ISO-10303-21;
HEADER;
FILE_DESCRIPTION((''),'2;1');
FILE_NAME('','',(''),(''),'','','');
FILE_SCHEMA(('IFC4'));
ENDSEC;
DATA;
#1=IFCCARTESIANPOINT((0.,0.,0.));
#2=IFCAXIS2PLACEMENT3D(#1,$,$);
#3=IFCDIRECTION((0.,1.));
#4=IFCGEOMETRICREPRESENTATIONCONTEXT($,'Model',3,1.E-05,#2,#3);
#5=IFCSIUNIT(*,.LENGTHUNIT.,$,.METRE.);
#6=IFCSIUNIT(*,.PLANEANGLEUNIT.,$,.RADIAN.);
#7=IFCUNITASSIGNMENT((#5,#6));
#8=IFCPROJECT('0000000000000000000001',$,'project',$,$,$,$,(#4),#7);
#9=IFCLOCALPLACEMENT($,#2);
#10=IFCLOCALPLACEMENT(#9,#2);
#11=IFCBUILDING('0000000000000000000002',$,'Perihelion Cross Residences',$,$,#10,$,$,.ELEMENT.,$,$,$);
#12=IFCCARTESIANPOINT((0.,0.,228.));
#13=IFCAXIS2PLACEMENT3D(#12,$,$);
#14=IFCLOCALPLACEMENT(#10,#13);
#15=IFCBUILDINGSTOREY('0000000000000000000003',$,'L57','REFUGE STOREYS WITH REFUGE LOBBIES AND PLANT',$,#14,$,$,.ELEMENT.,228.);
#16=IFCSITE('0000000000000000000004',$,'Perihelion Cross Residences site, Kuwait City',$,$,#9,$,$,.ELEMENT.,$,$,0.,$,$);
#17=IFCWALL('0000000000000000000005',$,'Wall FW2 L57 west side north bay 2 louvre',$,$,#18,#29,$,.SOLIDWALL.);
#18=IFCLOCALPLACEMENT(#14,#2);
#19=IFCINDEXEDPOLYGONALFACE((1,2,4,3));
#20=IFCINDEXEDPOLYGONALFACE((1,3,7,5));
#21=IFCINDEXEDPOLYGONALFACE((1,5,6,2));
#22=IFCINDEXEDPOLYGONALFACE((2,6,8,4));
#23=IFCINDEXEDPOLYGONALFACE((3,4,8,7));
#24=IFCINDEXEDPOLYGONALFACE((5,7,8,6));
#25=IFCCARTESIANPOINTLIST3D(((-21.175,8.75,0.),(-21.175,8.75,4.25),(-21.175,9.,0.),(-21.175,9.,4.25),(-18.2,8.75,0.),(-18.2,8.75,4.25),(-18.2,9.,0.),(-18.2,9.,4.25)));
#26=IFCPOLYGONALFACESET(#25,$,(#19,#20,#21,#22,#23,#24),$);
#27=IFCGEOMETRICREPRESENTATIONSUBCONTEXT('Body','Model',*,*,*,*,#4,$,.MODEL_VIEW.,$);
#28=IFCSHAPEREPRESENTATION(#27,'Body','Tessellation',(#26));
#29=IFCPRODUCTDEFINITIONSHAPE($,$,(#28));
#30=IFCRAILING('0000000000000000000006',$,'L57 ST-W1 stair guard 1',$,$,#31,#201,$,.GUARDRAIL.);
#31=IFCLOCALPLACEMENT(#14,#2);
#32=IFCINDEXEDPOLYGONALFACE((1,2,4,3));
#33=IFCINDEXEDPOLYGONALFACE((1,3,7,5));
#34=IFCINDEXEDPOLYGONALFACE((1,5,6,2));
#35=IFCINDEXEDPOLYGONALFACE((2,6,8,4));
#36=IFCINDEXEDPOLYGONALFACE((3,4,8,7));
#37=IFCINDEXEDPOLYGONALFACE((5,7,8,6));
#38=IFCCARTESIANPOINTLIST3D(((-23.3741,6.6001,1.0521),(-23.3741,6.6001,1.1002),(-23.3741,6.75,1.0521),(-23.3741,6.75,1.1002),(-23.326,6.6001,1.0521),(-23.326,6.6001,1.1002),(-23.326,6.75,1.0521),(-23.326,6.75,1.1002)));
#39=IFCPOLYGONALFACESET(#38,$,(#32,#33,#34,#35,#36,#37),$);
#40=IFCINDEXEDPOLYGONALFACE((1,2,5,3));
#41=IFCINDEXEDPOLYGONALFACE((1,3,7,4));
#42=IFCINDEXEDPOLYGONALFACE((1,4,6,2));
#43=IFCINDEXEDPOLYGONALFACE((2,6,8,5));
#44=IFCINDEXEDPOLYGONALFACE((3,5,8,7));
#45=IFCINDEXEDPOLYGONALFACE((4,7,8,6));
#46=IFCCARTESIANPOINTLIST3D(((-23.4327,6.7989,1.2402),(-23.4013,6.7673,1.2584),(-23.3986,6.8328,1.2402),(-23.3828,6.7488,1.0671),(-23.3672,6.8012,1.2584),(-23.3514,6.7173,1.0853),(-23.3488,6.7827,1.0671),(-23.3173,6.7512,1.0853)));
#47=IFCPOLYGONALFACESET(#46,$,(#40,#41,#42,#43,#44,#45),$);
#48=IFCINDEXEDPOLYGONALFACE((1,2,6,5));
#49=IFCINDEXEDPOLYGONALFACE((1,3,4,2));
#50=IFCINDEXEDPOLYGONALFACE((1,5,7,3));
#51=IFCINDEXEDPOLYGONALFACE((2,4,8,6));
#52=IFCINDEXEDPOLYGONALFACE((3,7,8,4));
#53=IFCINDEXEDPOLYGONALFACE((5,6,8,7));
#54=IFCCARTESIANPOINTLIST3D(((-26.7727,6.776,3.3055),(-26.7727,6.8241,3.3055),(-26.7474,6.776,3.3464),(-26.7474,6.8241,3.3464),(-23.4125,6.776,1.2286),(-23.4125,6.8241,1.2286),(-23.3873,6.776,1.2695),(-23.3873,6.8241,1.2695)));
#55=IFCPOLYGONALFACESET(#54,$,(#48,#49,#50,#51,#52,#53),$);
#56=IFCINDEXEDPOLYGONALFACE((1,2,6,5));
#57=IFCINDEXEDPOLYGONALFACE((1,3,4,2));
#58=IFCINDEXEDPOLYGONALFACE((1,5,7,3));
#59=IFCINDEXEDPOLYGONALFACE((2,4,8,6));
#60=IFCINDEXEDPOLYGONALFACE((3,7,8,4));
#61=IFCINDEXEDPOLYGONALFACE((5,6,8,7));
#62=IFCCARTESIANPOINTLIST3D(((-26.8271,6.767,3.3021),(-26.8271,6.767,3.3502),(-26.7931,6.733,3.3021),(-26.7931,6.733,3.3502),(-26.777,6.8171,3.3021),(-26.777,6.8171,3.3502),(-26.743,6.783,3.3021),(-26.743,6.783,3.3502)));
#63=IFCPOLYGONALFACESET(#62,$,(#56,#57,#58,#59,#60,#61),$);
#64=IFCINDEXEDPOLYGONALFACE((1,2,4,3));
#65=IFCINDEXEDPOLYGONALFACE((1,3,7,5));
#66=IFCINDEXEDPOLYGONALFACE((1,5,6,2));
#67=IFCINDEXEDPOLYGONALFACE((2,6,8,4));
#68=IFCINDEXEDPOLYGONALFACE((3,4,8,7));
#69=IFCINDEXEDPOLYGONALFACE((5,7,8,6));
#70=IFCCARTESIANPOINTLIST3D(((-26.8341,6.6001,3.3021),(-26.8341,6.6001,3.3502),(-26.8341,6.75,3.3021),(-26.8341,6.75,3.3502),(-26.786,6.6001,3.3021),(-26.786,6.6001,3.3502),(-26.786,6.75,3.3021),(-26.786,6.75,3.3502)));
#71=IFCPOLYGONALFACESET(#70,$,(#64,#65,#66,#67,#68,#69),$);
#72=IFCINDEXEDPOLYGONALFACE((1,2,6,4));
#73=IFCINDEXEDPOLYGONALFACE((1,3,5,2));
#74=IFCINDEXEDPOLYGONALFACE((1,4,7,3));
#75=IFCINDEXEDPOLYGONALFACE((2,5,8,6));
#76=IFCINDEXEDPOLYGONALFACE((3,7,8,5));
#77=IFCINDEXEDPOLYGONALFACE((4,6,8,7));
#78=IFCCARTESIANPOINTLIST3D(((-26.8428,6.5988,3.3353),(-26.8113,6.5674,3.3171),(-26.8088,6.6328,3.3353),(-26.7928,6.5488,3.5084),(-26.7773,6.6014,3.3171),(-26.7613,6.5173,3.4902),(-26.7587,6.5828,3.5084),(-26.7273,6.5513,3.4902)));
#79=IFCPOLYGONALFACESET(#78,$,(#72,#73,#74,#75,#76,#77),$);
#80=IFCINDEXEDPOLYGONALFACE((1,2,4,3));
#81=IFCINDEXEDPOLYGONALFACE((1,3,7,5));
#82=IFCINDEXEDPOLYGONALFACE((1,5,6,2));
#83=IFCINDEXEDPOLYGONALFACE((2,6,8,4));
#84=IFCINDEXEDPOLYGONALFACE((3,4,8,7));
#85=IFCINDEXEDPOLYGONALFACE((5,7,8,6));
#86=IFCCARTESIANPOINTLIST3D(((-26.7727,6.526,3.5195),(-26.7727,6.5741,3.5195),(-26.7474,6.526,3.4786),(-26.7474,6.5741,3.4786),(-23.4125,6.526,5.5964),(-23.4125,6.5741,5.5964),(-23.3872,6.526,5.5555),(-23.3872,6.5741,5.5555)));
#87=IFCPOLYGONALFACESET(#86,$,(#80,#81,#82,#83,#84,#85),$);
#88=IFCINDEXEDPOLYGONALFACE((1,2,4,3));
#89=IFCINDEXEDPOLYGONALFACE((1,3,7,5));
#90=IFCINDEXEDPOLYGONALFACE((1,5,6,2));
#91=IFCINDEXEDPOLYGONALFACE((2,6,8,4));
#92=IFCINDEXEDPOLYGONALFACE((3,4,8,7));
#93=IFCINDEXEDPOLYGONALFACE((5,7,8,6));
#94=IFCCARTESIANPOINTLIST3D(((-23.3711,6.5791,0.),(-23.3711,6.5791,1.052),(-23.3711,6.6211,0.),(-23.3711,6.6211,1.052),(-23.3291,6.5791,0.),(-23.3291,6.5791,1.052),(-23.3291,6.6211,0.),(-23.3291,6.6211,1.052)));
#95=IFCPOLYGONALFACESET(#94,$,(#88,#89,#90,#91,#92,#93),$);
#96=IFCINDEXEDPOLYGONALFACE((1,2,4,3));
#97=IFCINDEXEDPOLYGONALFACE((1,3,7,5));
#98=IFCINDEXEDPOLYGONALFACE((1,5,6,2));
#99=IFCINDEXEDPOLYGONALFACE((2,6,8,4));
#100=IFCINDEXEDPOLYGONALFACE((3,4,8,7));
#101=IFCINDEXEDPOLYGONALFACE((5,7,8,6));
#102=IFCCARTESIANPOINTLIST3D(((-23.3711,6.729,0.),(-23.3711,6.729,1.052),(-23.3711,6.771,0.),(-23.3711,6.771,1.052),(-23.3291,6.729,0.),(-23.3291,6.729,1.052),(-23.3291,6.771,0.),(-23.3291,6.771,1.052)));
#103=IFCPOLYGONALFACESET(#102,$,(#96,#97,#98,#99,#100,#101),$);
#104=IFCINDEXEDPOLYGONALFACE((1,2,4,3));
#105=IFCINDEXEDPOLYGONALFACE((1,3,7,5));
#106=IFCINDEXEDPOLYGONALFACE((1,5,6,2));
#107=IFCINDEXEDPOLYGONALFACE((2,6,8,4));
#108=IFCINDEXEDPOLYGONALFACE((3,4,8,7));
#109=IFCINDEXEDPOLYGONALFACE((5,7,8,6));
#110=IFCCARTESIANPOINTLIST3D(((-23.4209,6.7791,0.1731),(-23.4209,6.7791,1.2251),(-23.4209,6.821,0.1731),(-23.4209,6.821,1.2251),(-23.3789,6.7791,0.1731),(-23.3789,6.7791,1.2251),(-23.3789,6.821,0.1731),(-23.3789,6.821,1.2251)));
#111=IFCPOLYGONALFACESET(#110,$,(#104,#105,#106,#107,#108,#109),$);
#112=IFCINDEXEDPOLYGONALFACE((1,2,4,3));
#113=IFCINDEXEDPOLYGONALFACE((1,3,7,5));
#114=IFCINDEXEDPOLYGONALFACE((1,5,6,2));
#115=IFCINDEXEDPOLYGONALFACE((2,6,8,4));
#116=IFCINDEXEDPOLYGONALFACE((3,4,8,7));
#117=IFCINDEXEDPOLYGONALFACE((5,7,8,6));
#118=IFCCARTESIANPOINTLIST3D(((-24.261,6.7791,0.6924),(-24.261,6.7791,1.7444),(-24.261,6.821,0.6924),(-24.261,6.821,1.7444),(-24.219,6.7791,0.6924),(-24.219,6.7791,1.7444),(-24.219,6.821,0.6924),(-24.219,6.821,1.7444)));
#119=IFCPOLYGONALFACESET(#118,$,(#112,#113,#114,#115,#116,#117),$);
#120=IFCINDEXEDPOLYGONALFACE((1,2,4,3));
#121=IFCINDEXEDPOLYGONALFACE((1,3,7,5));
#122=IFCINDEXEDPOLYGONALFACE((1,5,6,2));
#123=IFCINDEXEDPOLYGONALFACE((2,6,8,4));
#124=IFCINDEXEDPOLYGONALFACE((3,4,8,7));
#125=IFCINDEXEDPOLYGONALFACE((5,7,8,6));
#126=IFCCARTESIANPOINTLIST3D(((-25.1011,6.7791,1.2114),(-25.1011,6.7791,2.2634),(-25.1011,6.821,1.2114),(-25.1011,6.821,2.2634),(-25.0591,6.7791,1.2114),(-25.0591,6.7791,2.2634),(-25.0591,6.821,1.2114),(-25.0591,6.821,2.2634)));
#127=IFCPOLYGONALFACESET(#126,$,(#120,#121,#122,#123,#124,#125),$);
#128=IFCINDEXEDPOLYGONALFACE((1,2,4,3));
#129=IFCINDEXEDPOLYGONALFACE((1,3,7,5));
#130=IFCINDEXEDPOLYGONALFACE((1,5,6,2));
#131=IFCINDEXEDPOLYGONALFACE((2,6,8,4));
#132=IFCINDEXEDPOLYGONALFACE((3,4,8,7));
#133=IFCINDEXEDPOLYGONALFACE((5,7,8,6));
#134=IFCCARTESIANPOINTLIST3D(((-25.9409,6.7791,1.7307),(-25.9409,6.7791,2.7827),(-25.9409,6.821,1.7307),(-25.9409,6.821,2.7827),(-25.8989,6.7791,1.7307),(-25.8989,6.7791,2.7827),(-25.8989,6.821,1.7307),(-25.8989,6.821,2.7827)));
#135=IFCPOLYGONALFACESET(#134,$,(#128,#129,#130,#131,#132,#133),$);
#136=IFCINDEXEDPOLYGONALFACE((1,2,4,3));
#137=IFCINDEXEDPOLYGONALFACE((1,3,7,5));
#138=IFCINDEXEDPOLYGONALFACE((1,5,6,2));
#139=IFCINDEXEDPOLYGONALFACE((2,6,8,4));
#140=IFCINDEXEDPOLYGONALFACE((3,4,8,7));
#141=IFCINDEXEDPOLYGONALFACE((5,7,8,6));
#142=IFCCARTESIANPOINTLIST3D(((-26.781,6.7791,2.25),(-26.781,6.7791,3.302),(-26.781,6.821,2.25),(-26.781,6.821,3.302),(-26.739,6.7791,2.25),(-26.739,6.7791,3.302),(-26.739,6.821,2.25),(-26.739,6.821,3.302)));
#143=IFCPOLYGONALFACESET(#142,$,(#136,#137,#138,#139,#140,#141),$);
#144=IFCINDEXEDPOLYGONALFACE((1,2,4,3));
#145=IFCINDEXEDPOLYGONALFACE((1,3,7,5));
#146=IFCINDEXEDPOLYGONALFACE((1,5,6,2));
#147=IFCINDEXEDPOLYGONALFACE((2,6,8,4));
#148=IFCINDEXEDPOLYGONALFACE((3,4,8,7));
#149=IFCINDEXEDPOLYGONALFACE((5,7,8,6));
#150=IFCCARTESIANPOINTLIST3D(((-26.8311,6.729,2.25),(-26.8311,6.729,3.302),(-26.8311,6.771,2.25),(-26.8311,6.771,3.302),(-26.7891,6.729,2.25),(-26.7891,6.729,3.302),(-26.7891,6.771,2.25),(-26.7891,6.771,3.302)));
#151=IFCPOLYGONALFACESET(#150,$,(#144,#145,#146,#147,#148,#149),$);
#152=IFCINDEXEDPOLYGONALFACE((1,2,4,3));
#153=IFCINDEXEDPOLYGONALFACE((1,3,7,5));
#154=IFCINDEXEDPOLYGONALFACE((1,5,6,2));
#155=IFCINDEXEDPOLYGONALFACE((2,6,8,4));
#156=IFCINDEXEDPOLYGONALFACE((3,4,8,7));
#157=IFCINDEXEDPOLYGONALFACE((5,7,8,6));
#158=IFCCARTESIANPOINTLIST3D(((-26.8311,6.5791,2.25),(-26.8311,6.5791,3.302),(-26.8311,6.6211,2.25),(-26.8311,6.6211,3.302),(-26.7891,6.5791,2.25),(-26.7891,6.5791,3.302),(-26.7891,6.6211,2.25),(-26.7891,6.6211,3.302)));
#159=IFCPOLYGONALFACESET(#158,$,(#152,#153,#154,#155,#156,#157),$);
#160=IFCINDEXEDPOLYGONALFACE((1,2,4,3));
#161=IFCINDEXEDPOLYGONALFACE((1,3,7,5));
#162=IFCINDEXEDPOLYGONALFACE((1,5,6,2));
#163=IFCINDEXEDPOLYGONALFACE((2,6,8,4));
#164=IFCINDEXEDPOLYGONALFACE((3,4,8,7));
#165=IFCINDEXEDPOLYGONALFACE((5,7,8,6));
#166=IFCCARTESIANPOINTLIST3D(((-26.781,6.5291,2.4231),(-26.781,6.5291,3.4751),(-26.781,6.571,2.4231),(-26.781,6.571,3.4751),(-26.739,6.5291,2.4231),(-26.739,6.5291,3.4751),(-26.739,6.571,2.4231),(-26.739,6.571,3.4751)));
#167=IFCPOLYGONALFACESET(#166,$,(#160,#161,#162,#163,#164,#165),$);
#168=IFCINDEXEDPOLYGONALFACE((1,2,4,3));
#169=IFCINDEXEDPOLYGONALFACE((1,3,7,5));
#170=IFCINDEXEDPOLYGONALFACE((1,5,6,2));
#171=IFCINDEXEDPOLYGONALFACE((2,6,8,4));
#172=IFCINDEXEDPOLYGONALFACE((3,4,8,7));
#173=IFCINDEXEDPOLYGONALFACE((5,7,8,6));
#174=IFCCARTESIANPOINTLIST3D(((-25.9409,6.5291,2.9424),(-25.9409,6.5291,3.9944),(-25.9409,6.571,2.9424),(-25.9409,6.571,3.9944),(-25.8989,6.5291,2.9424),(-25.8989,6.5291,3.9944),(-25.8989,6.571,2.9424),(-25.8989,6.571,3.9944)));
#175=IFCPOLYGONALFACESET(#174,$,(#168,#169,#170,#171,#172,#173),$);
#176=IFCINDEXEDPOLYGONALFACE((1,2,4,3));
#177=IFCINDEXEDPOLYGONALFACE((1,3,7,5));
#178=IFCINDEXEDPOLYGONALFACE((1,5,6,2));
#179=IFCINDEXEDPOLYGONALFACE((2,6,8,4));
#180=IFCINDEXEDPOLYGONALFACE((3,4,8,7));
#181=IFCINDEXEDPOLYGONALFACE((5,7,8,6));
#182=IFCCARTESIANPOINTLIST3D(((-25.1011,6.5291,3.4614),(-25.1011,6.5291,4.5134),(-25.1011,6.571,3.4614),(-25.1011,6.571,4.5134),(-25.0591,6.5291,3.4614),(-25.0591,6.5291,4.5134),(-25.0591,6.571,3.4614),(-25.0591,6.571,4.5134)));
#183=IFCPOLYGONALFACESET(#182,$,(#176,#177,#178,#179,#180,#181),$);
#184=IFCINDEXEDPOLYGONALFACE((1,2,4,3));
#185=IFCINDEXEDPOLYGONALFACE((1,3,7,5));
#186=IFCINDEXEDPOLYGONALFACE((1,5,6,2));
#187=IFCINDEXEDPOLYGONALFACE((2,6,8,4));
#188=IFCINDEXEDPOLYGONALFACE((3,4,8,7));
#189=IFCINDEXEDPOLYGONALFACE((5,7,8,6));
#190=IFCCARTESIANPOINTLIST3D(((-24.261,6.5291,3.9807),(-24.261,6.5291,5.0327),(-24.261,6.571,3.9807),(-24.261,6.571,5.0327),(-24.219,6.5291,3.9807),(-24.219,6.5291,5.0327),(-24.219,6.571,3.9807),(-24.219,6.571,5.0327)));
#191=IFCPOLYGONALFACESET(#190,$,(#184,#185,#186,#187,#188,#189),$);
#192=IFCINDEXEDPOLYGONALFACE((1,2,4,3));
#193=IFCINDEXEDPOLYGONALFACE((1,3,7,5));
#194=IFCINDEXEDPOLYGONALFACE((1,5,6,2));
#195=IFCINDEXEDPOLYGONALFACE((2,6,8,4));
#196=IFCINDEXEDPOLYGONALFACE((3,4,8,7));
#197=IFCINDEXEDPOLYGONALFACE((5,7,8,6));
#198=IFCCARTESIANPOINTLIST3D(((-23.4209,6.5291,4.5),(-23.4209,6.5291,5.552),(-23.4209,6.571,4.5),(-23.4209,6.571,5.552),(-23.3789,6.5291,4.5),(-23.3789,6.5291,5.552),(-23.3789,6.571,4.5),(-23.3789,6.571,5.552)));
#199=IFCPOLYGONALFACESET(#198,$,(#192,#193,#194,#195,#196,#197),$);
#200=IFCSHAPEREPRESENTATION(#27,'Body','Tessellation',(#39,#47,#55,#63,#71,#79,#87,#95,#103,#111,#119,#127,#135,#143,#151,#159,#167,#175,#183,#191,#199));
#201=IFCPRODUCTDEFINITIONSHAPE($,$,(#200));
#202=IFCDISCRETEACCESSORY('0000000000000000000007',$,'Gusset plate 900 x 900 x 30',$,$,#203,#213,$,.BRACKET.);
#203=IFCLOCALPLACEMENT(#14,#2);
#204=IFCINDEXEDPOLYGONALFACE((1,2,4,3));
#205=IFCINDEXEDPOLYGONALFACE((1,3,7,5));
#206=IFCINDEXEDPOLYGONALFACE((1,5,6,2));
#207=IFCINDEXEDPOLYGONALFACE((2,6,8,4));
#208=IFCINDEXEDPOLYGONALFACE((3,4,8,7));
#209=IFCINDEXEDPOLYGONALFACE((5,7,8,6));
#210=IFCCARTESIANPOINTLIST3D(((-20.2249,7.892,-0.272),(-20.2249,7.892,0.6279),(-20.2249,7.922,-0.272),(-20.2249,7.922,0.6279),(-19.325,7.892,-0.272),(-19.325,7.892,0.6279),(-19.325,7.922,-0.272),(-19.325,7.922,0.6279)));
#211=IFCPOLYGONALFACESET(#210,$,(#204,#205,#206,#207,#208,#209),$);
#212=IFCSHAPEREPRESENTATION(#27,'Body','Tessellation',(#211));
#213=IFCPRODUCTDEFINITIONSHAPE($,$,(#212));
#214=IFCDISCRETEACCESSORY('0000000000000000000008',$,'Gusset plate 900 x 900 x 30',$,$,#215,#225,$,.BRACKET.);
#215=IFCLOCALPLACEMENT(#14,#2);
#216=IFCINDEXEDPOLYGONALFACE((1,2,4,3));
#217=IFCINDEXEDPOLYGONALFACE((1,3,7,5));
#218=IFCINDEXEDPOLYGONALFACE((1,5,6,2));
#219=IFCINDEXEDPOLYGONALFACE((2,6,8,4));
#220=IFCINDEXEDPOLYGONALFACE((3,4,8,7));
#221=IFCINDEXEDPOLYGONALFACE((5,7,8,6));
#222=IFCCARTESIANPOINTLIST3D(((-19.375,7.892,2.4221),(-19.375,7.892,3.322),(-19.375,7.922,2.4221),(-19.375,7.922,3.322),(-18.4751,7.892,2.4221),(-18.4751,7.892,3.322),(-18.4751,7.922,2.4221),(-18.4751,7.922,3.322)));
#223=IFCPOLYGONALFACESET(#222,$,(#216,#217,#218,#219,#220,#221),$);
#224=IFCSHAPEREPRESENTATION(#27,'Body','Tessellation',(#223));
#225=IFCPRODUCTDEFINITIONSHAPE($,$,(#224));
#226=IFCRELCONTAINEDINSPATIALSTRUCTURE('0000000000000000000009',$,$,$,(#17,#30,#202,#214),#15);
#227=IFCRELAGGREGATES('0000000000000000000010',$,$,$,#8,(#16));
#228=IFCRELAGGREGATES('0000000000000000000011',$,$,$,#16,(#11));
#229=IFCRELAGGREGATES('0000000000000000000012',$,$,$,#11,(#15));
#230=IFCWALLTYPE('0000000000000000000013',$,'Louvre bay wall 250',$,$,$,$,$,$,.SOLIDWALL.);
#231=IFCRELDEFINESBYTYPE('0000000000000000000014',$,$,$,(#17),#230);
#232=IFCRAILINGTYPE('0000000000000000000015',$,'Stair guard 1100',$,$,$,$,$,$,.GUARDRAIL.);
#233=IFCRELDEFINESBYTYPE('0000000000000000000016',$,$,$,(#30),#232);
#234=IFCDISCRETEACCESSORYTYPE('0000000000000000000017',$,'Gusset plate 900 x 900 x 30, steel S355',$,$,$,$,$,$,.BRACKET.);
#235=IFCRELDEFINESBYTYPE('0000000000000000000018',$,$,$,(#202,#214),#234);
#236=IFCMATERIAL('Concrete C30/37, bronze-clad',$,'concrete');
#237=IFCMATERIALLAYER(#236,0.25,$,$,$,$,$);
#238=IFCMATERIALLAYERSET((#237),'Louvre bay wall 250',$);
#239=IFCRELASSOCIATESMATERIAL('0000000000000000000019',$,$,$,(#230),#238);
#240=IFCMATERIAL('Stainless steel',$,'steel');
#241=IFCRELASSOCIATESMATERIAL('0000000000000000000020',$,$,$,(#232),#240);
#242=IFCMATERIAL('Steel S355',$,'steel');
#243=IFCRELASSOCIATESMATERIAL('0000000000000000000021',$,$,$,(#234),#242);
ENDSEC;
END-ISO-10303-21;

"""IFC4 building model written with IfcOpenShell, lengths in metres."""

from ifc_helpers import new_model, si_unit, direction, frame, frame_2d, origin, origin_2d, place, context, subcontext, project, spatial, rectangle, extrude, material, layer, layer_set, type_object, element, save


model = new_model("IFC4")

# Units and contexts
model_context = context("Model", 3, precision=1e-05, world=origin(), true_north=direction((0.0, 1.0)))
body_context = subcontext(model_context, "Body", "Model", "MODEL_VIEW")
ifc_project = project(units=[si_unit("LENGTHUNIT", "METRE"), si_unit("PLANEANGLEUNIT", "RADIAN")], contexts=[model_context])

# Site, building, storey
site_placement = place(None, origin())
site = spatial("IfcSite", under=ifc_project, at=site_placement, Name="Perihelion Cross Residences site, Kuwait City", CompositionType="ELEMENT", RefElevation=0.0)
building_placement = place(site_placement, origin())
building = spatial("IfcBuilding", under=site, at=building_placement, Name="Perihelion Cross Residences", CompositionType="ELEMENT")
storey_placement = place(building_placement, frame((0.0, 0.0, 228.0)))
storey = spatial("IfcBuildingStorey", under=building, at=storey_placement, Name="L57", Description="REFUGE STOREYS WITH REFUGE LOBBIES AND PLANT", CompositionType="ELEMENT", Elevation=228.0)

# Wall
ifc_material_1 = material(Name="Concrete C30/37, bronze-clad", Category="concrete")
ifc_layer_1 = layer(ifc_material_1, 0.25)
ifc_layer_set_1 = layer_set([ifc_layer_1], Name="Louvre bay wall 250")
wall_type_1 = type_object("IfcWallType", Name="Louvre bay wall 250", PredefinedType="SOLIDWALL", material=ifc_layer_set_1)
wall_1_placement = place(storey_placement, frame((-18.2, 8.875, 0.0), z_axis=(0.0, 0.0, 1.0), x_axis=(-1.0, 0.0, 0.0)))
element("IfcWall", 1, at=wall_1_placement, inside=storey, type_object=wall_type_1, Name="Wall FW2 L57 west side north bay 2 louvre", PredefinedType="SOLIDWALL", context=body_context, shape_type="SweptSolid", body=[
    extrude(rectangle(XDim=2.9751, YDim=0.25, at=frame_2d((1.4875, 0.0))), origin(), (0.0, 0.0, 1.0), 4.25),
])

# Railing
ifc_material_2 = material(Name="Stainless steel", Category="steel")
railing_type = type_object("IfcRailingType", Name="Stair guard 1100", PredefinedType="GUARDRAIL", material=ifc_material_2)
railing_placement = place(storey_placement, frame((-23.3501, 6.6001, 0.0)))
element("IfcRailing", 2, at=railing_placement, inside=storey, type_object=railing_type, Name="L57 ST-W1 stair guard 1", PredefinedType="GUARDRAIL", context=body_context, shape_type="SweptSolid", body=[
    extrude(rectangle(XDim=0.0481, YDim=0.0481, at=origin_2d()), frame((0.0, 0.0, 1.0762), z_axis=(0.0, 1.0, 0.0), x_axis=(-1.0, 0.0, 0.0)), (0.0, 0.0, 1.0), 0.1499),
    extrude(rectangle(XDim=0.0481, YDim=0.0481, at=origin_2d()), frame((0.0, 0.1499, 1.0762), z_axis=(-0.266417, 0.267723, 0.92593), x_axis=(-0.708834, -0.705376, 0.0)), (0.0, 0.0, 1.0), 0.187),
    extrude(rectangle(XDim=0.0481, YDim=0.0481, at=origin_2d()), frame((-0.0498, 0.2, 1.249), z_axis=(-0.850623, 0.0, 0.525776), x_axis=(0.0, -1.0, 0.0)), (0.0, 0.0, 1.0), 3.9502),
    extrude(rectangle(XDim=0.0481, YDim=0.0481, at=origin_2d()), frame((-3.4099, 0.2, 3.3262), z_axis=(-0.707107, -0.707107, 0.0), x_axis=(0.707107, -0.707107, 0.0)), (0.0, 0.0, 1.0), 0.0708),
    extrude(rectangle(XDim=0.0481, YDim=0.0481, at=origin_2d()), frame((-3.46, 0.1499, 3.3262), z_axis=(0.0, -1.0, 0.0), x_axis=(1.0, 0.0, 0.0)), (0.0, 0.0, 1.0), 0.1499),
    extrude(rectangle(XDim=0.0481, YDim=0.0481, at=origin_2d()), frame((-3.46, 0.0, 3.3262), z_axis=(0.26763, -0.26763, 0.925607), x_axis=(0.707107, 0.707107, 0.0)), (0.0, 0.0, 1.0), 0.187),
    extrude(rectangle(XDim=0.0481, YDim=0.0481, at=origin_2d()), frame((-3.4099, -0.05, 3.499), z_axis=(0.850623, 0.0, 0.525776), x_axis=(0.0, 1.0, 0.0)), (0.0, 0.0, 1.0), 3.9502),
    extrude(rectangle(XDim=0.042, YDim=0.042, at=origin_2d()), origin(), (0.0, 0.0, 1.0), 1.052),
    extrude(rectangle(XDim=0.042, YDim=0.042, at=origin_2d()), frame((0.0, 0.1499, 0.0)), (0.0, 0.0, 1.0), 1.052),
    extrude(rectangle(XDim=0.042, YDim=0.042, at=origin_2d()), frame((-0.0498, 0.2, 0.1731)), (0.0, 0.0, 1.0), 1.052),
    extrude(rectangle(XDim=0.042, YDim=0.042, at=origin_2d()), frame((-0.8899, 0.2, 0.6924)), (0.0, 0.0, 1.0), 1.052),
    extrude(rectangle(XDim=0.042, YDim=0.042, at=origin_2d()), frame((-1.73, 0.2, 1.2114)), (0.0, 0.0, 1.0), 1.052),
    extrude(rectangle(XDim=0.042, YDim=0.042, at=origin_2d()), frame((-2.5698, 0.2, 1.7307)), (0.0, 0.0, 1.0), 1.052),
    extrude(rectangle(XDim=0.042, YDim=0.042, at=origin_2d()), frame((-3.4099, 0.2, 2.25)), (0.0, 0.0, 1.0), 1.052),
    extrude(rectangle(XDim=0.042, YDim=0.042, at=origin_2d()), frame((-3.46, 0.1499, 2.25)), (0.0, 0.0, 1.0), 1.052),
    extrude(rectangle(XDim=0.042, YDim=0.042, at=origin_2d()), frame((-3.46, 0.0, 2.25)), (0.0, 0.0, 1.0), 1.052),
    extrude(rectangle(XDim=0.042, YDim=0.042, at=origin_2d()), frame((-3.4099, -0.05, 2.4231)), (0.0, 0.0, 1.0), 1.052),
    extrude(rectangle(XDim=0.042, YDim=0.042, at=origin_2d()), frame((-2.5698, -0.05, 2.9424)), (0.0, 0.0, 1.0), 1.052),
    extrude(rectangle(XDim=0.042, YDim=0.042, at=origin_2d()), frame((-1.73, -0.05, 3.4614)), (0.0, 0.0, 1.0), 1.052),
    extrude(rectangle(XDim=0.042, YDim=0.042, at=origin_2d()), frame((-0.8899, -0.05, 3.9807)), (0.0, 0.0, 1.0), 1.052),
    extrude(rectangle(XDim=0.042, YDim=0.042, at=origin_2d()), frame((-0.0498, -0.05, 4.5)), (0.0, 0.0, 1.0), 1.052),
])

# Discrete accessories
ifc_material_3 = material(Name="Steel S355", Category="steel")
discrete_accessory_type = type_object("IfcDiscreteAccessoryType", Name="Gusset plate 900 x 900 x 30, steel S355", PredefinedType="BRACKET", material=ifc_material_3)
for number, where, z_axis, x_axis, name in (
    (3, (-19.7749, 7.907, -0.272), (0.0, 0.0, 1.0), (1.0, 0.0, 0.0), "Gusset plate 900 x 900 x 30"),
    (4, (-18.925, 7.907, 2.4221), (0.0, 0.0, 1.0), (-1.0, 0.0, 0.0), "Gusset plate 900 x 900 x 30"),
):
    element("IfcDiscreteAccessory", number, at=place(storey_placement, frame(where, z_axis=z_axis, x_axis=x_axis)), inside=storey, type_object=discrete_accessory_type, Name=name, PredefinedType="BRACKET", context=body_context, shape_type="SweptSolid", body=[
        extrude(rectangle(XDim=0.8999, YDim=0.03, at=origin_2d()), origin(), (0.0, 0.0, 1.0), 0.8999),
    ])

save(model, "model.ifc")
